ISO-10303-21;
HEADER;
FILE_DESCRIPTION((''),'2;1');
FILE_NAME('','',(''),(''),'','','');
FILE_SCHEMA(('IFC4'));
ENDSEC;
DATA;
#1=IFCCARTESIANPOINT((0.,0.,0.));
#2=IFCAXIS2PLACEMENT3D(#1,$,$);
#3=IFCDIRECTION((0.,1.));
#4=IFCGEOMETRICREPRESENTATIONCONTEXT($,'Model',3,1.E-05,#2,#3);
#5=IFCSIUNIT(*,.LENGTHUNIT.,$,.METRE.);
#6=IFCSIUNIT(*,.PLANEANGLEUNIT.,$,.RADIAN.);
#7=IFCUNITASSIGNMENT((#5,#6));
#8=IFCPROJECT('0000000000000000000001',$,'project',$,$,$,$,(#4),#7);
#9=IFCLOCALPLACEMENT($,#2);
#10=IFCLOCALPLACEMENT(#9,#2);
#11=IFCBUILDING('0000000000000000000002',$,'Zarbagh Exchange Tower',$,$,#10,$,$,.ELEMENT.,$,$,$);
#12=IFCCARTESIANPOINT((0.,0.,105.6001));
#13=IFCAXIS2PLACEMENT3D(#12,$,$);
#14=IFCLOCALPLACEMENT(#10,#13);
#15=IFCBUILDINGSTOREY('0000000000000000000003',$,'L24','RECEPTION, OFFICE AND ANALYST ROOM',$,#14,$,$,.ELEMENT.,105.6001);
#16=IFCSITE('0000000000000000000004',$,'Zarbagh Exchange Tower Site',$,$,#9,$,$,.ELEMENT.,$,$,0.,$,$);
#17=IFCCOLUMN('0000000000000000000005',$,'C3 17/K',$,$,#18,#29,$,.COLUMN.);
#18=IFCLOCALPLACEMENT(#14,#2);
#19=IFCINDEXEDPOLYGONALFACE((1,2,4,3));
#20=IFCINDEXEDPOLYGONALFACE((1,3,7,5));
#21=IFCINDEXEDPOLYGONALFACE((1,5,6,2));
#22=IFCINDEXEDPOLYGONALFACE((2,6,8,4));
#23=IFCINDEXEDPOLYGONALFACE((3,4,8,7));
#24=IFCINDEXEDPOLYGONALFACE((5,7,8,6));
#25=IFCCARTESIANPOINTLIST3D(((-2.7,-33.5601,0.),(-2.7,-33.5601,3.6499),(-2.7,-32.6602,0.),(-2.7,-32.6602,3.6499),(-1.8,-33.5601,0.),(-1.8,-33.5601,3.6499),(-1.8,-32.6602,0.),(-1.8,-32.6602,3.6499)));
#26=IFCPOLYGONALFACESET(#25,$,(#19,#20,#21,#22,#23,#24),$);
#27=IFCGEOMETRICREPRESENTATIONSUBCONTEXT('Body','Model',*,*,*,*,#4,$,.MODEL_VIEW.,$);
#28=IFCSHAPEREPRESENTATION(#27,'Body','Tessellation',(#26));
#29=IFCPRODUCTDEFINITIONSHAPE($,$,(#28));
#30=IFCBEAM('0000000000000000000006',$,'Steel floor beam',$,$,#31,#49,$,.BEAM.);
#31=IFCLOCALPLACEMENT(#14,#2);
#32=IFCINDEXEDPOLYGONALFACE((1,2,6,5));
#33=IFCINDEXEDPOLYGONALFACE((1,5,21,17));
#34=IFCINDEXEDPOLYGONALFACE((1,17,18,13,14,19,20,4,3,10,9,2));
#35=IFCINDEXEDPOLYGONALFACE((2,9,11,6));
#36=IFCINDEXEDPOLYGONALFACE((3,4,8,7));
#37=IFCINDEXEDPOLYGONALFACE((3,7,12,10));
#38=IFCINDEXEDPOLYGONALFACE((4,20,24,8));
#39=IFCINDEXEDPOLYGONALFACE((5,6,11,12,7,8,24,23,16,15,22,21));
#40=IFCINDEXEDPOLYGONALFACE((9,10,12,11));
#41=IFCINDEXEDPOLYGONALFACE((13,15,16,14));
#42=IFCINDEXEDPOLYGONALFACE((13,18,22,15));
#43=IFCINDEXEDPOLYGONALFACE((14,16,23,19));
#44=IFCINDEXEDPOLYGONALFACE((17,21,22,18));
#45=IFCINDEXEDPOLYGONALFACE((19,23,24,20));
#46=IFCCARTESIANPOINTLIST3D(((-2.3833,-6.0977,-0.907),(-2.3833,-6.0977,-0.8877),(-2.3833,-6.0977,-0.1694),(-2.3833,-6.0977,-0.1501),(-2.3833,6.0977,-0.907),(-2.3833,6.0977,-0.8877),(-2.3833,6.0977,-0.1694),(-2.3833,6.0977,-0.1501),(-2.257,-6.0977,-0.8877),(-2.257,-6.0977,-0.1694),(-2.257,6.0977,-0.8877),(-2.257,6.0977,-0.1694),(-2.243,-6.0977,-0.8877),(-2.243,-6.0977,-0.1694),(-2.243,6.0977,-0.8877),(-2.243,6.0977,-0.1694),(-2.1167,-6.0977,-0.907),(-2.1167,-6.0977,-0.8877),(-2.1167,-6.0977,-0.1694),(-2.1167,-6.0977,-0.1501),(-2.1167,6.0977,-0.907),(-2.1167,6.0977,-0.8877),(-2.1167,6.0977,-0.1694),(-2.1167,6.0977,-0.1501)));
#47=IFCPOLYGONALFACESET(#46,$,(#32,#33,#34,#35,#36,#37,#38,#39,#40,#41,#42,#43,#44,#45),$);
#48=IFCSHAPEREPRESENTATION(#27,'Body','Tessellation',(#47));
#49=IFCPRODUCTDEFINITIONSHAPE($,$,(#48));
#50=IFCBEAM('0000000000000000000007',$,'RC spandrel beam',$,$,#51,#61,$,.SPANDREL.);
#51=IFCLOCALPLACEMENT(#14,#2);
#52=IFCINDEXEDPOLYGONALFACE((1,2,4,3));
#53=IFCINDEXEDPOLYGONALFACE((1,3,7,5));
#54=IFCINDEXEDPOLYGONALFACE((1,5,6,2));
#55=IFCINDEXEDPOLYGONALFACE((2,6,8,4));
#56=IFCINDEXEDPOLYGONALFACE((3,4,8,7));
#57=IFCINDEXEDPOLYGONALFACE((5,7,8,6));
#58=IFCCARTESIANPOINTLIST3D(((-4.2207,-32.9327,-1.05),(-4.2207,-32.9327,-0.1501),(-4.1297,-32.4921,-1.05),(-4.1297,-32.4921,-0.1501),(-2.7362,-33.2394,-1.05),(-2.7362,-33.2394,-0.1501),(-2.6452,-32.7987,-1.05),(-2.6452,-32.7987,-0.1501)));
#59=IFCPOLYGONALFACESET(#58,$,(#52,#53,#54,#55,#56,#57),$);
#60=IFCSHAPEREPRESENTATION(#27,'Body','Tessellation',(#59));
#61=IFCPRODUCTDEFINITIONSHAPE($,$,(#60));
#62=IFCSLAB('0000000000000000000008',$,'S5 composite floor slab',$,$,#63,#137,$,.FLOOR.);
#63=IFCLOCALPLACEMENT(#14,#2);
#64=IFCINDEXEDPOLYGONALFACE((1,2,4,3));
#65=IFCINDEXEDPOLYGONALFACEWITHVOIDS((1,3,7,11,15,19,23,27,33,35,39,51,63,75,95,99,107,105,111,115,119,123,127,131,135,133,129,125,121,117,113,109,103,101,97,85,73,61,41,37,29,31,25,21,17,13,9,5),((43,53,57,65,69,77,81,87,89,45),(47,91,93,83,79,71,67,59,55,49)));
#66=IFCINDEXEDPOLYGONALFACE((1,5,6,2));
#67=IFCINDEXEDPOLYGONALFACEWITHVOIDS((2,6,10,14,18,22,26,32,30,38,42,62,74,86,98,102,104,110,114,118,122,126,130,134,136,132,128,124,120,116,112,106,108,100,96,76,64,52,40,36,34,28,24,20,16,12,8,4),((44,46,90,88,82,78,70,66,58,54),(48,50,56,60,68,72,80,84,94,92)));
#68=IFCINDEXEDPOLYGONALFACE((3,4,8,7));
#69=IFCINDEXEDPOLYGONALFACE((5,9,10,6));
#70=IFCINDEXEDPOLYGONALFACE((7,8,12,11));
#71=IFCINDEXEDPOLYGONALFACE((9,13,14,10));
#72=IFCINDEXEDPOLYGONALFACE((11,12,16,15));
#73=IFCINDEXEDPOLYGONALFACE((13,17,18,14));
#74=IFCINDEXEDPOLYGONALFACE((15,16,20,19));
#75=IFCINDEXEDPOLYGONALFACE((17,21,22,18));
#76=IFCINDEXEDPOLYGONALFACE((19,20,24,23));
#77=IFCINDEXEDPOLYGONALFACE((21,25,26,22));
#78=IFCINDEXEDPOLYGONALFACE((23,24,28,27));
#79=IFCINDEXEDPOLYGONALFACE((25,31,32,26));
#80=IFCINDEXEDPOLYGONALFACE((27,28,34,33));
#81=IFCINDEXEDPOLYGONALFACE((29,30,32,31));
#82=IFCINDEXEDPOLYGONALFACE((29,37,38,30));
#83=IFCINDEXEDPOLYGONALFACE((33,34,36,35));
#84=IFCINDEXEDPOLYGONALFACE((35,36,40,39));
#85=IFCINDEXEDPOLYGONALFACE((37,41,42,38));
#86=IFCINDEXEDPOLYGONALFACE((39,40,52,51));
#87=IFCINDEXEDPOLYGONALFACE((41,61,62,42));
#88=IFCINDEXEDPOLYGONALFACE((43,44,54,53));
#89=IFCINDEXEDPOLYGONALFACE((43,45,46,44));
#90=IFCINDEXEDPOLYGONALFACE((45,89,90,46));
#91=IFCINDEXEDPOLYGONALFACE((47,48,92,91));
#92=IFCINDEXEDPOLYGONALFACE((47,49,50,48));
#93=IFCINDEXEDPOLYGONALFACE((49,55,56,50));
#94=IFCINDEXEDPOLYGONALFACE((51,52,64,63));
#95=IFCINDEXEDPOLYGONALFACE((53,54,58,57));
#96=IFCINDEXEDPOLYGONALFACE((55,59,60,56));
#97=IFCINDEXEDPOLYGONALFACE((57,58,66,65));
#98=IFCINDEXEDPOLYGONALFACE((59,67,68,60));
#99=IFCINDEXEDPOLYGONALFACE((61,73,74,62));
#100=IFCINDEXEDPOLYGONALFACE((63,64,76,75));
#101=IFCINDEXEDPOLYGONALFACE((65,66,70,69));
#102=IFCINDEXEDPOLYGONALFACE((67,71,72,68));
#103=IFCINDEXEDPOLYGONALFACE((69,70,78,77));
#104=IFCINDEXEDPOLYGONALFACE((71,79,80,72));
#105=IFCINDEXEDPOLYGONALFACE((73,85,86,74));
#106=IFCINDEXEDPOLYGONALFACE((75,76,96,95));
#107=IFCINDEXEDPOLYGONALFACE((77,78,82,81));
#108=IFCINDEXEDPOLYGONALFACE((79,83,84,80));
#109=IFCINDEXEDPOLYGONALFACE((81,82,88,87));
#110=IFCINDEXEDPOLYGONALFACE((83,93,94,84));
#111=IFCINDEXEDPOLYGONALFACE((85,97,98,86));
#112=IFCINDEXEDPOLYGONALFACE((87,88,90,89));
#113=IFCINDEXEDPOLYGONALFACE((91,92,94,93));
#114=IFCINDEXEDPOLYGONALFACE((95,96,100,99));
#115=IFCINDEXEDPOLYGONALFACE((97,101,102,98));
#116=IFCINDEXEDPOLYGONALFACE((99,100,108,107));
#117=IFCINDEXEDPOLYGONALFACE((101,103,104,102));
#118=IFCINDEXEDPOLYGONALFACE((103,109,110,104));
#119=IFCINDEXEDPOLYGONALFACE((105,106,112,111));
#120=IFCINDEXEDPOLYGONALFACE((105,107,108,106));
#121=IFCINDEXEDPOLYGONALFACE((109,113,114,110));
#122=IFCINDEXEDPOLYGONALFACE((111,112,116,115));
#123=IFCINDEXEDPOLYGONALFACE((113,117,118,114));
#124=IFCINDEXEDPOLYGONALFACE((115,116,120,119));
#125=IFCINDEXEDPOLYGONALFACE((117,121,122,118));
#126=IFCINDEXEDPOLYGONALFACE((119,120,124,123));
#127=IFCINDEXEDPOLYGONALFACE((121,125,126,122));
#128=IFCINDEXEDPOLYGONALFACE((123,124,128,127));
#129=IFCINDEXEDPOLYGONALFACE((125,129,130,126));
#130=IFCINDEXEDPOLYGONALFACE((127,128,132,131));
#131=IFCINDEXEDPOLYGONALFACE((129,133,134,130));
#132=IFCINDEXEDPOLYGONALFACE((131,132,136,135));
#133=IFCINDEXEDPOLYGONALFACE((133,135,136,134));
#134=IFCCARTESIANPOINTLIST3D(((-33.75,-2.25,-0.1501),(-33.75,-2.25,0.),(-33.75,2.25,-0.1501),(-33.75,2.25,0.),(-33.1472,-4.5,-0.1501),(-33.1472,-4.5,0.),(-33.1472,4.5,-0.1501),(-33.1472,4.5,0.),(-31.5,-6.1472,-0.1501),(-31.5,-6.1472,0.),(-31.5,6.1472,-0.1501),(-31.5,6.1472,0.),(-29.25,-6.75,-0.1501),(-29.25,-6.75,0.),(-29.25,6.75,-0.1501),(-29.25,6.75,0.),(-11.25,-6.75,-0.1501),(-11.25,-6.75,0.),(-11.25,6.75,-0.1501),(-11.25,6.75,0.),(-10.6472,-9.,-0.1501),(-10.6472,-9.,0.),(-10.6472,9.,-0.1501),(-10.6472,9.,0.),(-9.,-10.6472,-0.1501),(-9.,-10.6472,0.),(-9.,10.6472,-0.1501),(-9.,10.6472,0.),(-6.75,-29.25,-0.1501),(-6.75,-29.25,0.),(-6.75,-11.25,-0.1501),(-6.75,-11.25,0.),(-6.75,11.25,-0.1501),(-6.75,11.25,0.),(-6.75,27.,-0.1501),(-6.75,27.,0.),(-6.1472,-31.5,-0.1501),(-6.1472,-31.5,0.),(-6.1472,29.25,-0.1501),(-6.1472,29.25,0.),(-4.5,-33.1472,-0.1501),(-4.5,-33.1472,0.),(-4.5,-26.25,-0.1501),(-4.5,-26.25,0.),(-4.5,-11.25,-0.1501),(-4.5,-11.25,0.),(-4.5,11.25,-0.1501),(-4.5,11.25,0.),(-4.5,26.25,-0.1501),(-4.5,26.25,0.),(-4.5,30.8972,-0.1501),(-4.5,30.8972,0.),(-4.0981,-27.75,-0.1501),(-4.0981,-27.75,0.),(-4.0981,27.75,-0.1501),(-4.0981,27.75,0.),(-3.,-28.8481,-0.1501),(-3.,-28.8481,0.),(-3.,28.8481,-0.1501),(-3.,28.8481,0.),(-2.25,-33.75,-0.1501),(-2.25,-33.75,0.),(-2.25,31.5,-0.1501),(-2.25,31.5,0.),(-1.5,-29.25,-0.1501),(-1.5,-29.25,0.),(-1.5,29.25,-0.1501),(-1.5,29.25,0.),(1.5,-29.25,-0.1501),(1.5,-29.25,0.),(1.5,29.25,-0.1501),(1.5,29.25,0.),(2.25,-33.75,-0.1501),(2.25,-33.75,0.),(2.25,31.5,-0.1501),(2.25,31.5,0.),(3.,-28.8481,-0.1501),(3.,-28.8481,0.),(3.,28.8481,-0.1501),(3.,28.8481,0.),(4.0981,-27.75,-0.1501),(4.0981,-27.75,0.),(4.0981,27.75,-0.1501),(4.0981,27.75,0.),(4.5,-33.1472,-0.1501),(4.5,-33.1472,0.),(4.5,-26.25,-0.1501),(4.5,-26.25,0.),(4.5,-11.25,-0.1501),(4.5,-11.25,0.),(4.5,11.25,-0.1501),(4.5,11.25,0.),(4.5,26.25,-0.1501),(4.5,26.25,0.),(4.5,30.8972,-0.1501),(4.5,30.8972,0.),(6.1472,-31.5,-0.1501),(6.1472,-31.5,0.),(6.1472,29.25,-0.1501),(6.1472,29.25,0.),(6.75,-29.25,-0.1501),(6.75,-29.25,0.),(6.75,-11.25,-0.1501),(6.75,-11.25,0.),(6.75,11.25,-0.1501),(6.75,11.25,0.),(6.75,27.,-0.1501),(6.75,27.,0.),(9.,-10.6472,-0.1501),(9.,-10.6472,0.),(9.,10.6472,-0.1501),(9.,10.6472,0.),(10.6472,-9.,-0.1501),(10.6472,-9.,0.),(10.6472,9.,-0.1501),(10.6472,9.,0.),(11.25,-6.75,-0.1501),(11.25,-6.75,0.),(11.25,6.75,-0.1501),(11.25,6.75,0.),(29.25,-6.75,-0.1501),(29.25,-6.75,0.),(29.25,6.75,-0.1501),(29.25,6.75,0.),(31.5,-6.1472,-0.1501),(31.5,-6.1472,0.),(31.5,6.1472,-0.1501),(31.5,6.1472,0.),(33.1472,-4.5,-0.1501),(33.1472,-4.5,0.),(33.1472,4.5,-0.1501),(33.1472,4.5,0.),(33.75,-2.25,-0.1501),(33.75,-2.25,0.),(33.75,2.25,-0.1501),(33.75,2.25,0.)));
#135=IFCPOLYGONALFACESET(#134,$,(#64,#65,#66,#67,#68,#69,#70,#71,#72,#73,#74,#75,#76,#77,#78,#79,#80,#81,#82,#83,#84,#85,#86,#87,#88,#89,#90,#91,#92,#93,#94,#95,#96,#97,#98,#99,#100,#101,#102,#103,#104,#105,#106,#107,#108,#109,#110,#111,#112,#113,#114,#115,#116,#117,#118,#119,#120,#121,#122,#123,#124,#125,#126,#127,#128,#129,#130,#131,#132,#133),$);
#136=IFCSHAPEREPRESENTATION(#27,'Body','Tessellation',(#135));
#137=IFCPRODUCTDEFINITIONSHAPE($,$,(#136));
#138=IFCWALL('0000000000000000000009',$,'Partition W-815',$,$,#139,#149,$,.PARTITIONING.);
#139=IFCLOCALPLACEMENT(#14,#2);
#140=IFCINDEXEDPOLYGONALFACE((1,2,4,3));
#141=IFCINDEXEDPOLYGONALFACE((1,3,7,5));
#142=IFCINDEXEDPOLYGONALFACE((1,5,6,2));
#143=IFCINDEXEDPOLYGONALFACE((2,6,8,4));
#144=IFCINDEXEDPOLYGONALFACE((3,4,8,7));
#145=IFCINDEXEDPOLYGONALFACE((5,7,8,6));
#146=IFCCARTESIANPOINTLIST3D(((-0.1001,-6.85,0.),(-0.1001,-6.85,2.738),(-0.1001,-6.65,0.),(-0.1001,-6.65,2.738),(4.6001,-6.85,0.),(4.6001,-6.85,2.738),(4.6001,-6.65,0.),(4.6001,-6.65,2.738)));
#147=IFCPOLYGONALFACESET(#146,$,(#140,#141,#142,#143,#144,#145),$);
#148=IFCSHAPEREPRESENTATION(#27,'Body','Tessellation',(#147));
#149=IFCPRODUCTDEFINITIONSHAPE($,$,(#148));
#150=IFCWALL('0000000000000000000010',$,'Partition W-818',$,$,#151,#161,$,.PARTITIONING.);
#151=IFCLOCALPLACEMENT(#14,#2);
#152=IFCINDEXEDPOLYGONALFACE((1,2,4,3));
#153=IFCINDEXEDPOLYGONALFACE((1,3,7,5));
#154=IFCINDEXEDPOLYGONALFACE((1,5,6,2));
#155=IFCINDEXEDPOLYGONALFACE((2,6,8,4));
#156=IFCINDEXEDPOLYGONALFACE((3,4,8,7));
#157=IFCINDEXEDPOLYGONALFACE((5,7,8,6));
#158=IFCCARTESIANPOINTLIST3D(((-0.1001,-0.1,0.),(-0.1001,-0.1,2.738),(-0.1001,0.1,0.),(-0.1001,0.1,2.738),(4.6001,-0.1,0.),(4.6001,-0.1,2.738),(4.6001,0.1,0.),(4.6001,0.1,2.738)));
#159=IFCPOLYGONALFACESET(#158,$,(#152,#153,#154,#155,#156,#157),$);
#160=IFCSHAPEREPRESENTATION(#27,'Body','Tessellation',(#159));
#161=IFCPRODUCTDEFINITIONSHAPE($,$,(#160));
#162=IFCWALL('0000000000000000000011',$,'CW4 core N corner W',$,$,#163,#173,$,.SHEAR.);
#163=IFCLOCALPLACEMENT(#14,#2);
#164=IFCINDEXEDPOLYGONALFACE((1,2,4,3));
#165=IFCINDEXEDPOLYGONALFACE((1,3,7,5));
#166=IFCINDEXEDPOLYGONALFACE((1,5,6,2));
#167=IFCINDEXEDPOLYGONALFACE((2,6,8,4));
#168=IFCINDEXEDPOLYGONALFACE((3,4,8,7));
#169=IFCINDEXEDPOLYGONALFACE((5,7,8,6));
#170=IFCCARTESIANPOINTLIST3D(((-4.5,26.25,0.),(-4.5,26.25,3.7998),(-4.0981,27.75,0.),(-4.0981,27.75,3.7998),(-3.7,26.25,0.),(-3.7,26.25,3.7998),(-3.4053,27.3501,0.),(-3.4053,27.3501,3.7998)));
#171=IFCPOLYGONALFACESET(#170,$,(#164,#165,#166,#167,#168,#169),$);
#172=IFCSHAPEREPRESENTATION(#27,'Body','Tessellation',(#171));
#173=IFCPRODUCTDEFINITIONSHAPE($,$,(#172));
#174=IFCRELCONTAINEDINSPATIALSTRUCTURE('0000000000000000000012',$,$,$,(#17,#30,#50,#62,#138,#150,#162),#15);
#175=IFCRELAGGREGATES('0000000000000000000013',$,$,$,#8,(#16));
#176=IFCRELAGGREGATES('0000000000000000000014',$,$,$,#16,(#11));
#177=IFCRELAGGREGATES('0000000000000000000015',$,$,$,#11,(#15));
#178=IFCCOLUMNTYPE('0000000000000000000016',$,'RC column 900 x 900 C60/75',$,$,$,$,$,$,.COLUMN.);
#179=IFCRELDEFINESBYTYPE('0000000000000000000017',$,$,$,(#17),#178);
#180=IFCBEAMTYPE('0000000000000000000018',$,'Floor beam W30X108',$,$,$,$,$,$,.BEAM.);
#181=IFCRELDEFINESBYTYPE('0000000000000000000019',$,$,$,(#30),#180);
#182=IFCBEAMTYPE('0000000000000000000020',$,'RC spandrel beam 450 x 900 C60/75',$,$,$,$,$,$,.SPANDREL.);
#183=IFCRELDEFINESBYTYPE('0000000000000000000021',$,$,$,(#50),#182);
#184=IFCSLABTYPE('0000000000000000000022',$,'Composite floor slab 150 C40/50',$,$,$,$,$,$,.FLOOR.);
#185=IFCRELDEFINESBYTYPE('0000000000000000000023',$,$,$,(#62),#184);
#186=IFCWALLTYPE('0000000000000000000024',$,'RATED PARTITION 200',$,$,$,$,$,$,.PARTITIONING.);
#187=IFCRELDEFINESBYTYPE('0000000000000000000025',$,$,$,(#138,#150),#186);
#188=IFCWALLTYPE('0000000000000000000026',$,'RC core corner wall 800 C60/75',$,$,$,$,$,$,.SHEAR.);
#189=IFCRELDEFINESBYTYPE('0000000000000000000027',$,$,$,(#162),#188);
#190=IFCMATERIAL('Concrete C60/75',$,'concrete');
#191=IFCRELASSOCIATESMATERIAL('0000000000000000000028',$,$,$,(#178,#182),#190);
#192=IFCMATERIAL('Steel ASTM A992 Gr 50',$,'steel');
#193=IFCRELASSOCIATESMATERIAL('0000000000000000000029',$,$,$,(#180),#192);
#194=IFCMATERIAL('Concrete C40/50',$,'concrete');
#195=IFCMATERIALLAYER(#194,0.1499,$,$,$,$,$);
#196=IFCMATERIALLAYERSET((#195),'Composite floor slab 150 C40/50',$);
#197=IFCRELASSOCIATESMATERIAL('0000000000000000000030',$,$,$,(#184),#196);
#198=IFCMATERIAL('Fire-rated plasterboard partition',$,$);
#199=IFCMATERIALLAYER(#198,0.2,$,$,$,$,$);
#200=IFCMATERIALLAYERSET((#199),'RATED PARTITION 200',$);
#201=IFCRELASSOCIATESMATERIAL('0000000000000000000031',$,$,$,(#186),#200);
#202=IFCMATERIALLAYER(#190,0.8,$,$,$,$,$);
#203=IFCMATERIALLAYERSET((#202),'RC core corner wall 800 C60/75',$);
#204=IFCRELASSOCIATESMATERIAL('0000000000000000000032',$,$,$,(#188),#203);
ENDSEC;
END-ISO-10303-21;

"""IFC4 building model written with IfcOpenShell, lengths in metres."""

from ifc_helpers import new_model, si_unit, direction, frame, frame_2d, origin, origin_2d, place, context, subcontext, project, spatial, polyline, rectangle, i_section, outline, extrude, material, layer, layer_set, material_profile, profile_set, type_object, element, save


model = new_model("IFC4")

# Units and contexts
model_context = context("Model", 3, precision=1e-05, world=origin(), true_north=direction((0.0, 1.0)))
body_context = subcontext(model_context, "Body", "Model", "MODEL_VIEW")
ifc_project = project(units=[si_unit("LENGTHUNIT", "METRE"), si_unit("PLANEANGLEUNIT", "RADIAN")], contexts=[model_context])

# Site, building, storey
site_placement = place(None, origin())
site = spatial("IfcSite", under=ifc_project, at=site_placement, Name="Zarbagh Exchange Tower Site", CompositionType="ELEMENT", RefElevation=0.0)
building_placement = place(site_placement, origin())
building = spatial("IfcBuilding", under=site, at=building_placement, Name="Zarbagh Exchange Tower", CompositionType="ELEMENT")
storey_placement = place(building_placement, frame((0.0, 0.0, 105.6001)))
storey = spatial("IfcBuildingStorey", under=building, at=storey_placement, Name="L24", Description="RECEPTION, OFFICE AND ANALYST ROOM", CompositionType="ELEMENT", Elevation=105.6001)

# Column
ifc_material_1 = material(Name="Concrete C60/75", Category="concrete")
ifc_material_profile_1 = material_profile(ifc_material_1, rectangle(XDim=0.8999, YDim=0.8999, at=origin_2d()), Name="RC column 900 x 900 C60/75")
ifc_profile_set_1 = profile_set([ifc_material_profile_1], Name="Concrete C60/75")
column_type = type_object("IfcColumnType", Name="RC column 900 x 900 C60/75", PredefinedType="COLUMN", material=ifc_profile_set_1)
column_placement = place(storey_placement, frame((-2.25, -33.1101, 0.0), z_axis=(0.0, 0.0, 1.0), x_axis=(1.0, 0.0, 0.0)))
element("IfcColumn", 1, at=column_placement, inside=storey, type_object=column_type, Name="C3 17/K", PredefinedType="COLUMN", context=body_context, shape_type="SweptSolid", body=[
    extrude(rectangle(XDim=0.8999, YDim=0.8999, at=origin_2d()), origin(), (0.0, 0.0, 1.0), 3.6499),
])

# Beams
ifc_material_2 = material(Name="Steel ASTM A992 Gr 50", Category="steel")
ifc_material_profile_2 = material_profile(ifc_material_2, i_section(OverallWidth=0.2666, OverallDepth=0.7568, WebThickness=0.0139, FlangeThickness=0.0193, at=origin_2d()), Name="W30X108")
ifc_profile_set_2 = profile_set([ifc_material_profile_2], Name="Steel ASTM A992 Gr 50")
beam_type_1 = type_object("IfcBeamType", Name="Floor beam W30X108", PredefinedType="BEAM", material=ifc_profile_set_2)
beam_1_placement = place(storey_placement, frame((-2.25, -6.0977, -0.5286), z_axis=(0.0, 1.0, 0.0), x_axis=(-1.0, 0.0, 0.0)))
element("IfcBeam", 2, at=beam_1_placement, inside=storey, type_object=beam_type_1, Name="Steel floor beam", PredefinedType="BEAM", context=body_context, shape_type="SweptSolid", body=[
    extrude(i_section(OverallWidth=0.2666, OverallDepth=0.7568, WebThickness=0.0139, FlangeThickness=0.0193, at=origin_2d()), origin(), (0.0, 0.0, 1.0), 12.1953),
])
ifc_material_profile_3 = material_profile(ifc_material_1, rectangle(XDim=0.45, YDim=0.8999, at=origin_2d()), Name="RC spandrel beam 450 x 900 C60/75")
ifc_profile_set_3 = profile_set([ifc_material_profile_3], Name="Concrete C60/75")
beam_type_2 = type_object("IfcBeamType", Name="RC spandrel beam 450 x 900 C60/75", PredefinedType="SPANDREL", material=ifc_profile_set_3)
beam_2_placement = place(storey_placement, frame((-2.6907, -33.019, -0.6001), z_axis=(-0.979329, 0.202275, 0.0), x_axis=(-0.202275, -0.979329, 0.0)))
element("IfcBeam", 3, at=beam_2_placement, inside=storey, type_object=beam_type_2, Name="RC spandrel beam", PredefinedType="SPANDREL", context=body_context, shape_type="SweptSolid", body=[
    extrude(rectangle(XDim=0.45, YDim=0.8999, at=origin_2d()), origin(), (0.0, 0.0, 1.0), 1.5159),
])

# Slab
ifc_material_3 = material(Name="Concrete C40/50", Category="concrete")
ifc_layer_1 = layer(ifc_material_3, 0.1499)
ifc_layer_set_1 = layer_set([ifc_layer_1], Name="Composite floor slab 150 C40/50")
slab_type = type_object("IfcSlabType", Name="Composite floor slab 150 C40/50", PredefinedType="FLOOR", material=ifc_layer_set_1)
slab_placement = place(storey_placement, frame((0.0, 0.0, -0.1501)))
element("IfcSlab", 4, at=slab_placement, inside=storey, type_object=slab_type, Name="S5 composite floor slab", PredefinedType="FLOOR", context=body_context, shape_type="SweptSolid", body=[
    extrude(outline(polyline([(-2.25, -33.75), (-4.5, -33.1472), (-6.1472, -31.5), (-6.75, -29.25), (-6.75, -11.25), (-9.0, -10.6472), (-10.6472, -9.0), (-11.25, -6.75), (-29.25, -6.75), (-31.5, -6.1472), (-33.1472, -4.5), (-33.75, -2.25), (-33.75, 2.25), (-33.1472, 4.5), (-31.5, 6.1472), (-29.25, 6.75), (-11.25, 6.75), (-10.6472, 9.0), (-9.0, 10.6472), (-6.75, 11.25), (-6.75, 27.0), (-6.1472, 29.25), (-4.5, 30.8972), (-2.25, 31.5), (2.25, 31.5), (4.5, 30.8972), (6.1472, 29.25), (6.75, 27.0), (6.75, 11.25), (9.0, 10.6472), (10.6472, 9.0), (11.25, 6.75), (29.25, 6.75), (31.5, 6.1472), (33.1472, 4.5), (33.75, 2.25), (33.75, -2.25), (33.1472, -4.5), (31.5, -6.1472), (29.25, -6.75), (11.25, -6.75), (10.6472, -9.0), (9.0, -10.6472), (6.75, -11.25), (6.75, -29.25), (6.1472, -31.5), (4.5, -33.1472), (2.25, -33.75), (-2.25, -33.75)]), holes=[polyline([(4.5, 11.25), (4.5, 26.25), (4.0981, 27.75), (3.0, 28.8481), (1.5, 29.25), (-1.5, 29.25), (-3.0, 28.8481), (-4.0981, 27.75), (-4.5, 26.25), (-4.5, 11.25), (4.5, 11.25)]), polyline([(-1.5, -29.25), (1.5, -29.25), (3.0, -28.8481), (4.0981, -27.75), (4.5, -26.25), (4.5, -11.25), (-4.5, -11.25), (-4.5, -26.25), (-4.0981, -27.75), (-3.0, -28.8481), (-1.5, -29.25)])]), origin(), (0.0, 0.0, 1.0), 0.1501),
])

# Walls
ifc_material_4 = material(Name="Fire-rated plasterboard partition")
ifc_layer_2 = layer(ifc_material_4, 0.2)
ifc_layer_set_2 = layer_set([ifc_layer_2], Name="RATED PARTITION 200")
wall_type_1 = type_object("IfcWallType", Name="RATED PARTITION 200", PredefinedType="PARTITIONING", material=ifc_layer_set_2)
for number, where, z_axis, x_axis, name in (
    (5, (-0.1001, -6.75, 0.0), (0.0, 0.0, 1.0), (1.0, 0.0, 0.0), "Partition W-815"),
    (6, (-0.1001, 0.0, 0.0), (0.0, 0.0, 1.0), (1.0, 0.0, 0.0), "Partition W-818"),
):
    element("IfcWall", number, at=place(storey_placement, frame(where, z_axis=z_axis, x_axis=x_axis)), inside=storey, type_object=wall_type_1, Name=name, PredefinedType="PARTITIONING", context=body_context, shape_type="SweptSolid", body=[
        extrude(rectangle(XDim=4.7002, YDim=0.2, at=frame_2d((2.3501, 0.0))), origin(), (0.0, 0.0, 1.0), 2.738),
    ])
ifc_layer_3 = layer(ifc_material_1, 0.8)
ifc_layer_set_3 = layer_set([ifc_layer_3], Name="RC core corner wall 800 C60/75")
wall_type_2 = type_object("IfcWallType", Name="RC core corner wall 800 C60/75", PredefinedType="SHEAR", material=ifc_layer_set_3)
wall_1_placement = place(storey_placement, origin())
element("IfcWall", 7, at=wall_1_placement, inside=storey, type_object=wall_type_2, Name="CW4 core N corner W", PredefinedType="SHEAR", context=body_context, shape_type="SweptSolid", body=[
    extrude(outline(polyline([(-4.5, 26.25), (-4.0981, 27.75), (-3.4053, 27.3501), (-3.7, 26.25), (-4.5, 26.25)])), origin(), (0.0, 0.0, 1.0), 3.7998),
])

save(model, "model.ifc")
